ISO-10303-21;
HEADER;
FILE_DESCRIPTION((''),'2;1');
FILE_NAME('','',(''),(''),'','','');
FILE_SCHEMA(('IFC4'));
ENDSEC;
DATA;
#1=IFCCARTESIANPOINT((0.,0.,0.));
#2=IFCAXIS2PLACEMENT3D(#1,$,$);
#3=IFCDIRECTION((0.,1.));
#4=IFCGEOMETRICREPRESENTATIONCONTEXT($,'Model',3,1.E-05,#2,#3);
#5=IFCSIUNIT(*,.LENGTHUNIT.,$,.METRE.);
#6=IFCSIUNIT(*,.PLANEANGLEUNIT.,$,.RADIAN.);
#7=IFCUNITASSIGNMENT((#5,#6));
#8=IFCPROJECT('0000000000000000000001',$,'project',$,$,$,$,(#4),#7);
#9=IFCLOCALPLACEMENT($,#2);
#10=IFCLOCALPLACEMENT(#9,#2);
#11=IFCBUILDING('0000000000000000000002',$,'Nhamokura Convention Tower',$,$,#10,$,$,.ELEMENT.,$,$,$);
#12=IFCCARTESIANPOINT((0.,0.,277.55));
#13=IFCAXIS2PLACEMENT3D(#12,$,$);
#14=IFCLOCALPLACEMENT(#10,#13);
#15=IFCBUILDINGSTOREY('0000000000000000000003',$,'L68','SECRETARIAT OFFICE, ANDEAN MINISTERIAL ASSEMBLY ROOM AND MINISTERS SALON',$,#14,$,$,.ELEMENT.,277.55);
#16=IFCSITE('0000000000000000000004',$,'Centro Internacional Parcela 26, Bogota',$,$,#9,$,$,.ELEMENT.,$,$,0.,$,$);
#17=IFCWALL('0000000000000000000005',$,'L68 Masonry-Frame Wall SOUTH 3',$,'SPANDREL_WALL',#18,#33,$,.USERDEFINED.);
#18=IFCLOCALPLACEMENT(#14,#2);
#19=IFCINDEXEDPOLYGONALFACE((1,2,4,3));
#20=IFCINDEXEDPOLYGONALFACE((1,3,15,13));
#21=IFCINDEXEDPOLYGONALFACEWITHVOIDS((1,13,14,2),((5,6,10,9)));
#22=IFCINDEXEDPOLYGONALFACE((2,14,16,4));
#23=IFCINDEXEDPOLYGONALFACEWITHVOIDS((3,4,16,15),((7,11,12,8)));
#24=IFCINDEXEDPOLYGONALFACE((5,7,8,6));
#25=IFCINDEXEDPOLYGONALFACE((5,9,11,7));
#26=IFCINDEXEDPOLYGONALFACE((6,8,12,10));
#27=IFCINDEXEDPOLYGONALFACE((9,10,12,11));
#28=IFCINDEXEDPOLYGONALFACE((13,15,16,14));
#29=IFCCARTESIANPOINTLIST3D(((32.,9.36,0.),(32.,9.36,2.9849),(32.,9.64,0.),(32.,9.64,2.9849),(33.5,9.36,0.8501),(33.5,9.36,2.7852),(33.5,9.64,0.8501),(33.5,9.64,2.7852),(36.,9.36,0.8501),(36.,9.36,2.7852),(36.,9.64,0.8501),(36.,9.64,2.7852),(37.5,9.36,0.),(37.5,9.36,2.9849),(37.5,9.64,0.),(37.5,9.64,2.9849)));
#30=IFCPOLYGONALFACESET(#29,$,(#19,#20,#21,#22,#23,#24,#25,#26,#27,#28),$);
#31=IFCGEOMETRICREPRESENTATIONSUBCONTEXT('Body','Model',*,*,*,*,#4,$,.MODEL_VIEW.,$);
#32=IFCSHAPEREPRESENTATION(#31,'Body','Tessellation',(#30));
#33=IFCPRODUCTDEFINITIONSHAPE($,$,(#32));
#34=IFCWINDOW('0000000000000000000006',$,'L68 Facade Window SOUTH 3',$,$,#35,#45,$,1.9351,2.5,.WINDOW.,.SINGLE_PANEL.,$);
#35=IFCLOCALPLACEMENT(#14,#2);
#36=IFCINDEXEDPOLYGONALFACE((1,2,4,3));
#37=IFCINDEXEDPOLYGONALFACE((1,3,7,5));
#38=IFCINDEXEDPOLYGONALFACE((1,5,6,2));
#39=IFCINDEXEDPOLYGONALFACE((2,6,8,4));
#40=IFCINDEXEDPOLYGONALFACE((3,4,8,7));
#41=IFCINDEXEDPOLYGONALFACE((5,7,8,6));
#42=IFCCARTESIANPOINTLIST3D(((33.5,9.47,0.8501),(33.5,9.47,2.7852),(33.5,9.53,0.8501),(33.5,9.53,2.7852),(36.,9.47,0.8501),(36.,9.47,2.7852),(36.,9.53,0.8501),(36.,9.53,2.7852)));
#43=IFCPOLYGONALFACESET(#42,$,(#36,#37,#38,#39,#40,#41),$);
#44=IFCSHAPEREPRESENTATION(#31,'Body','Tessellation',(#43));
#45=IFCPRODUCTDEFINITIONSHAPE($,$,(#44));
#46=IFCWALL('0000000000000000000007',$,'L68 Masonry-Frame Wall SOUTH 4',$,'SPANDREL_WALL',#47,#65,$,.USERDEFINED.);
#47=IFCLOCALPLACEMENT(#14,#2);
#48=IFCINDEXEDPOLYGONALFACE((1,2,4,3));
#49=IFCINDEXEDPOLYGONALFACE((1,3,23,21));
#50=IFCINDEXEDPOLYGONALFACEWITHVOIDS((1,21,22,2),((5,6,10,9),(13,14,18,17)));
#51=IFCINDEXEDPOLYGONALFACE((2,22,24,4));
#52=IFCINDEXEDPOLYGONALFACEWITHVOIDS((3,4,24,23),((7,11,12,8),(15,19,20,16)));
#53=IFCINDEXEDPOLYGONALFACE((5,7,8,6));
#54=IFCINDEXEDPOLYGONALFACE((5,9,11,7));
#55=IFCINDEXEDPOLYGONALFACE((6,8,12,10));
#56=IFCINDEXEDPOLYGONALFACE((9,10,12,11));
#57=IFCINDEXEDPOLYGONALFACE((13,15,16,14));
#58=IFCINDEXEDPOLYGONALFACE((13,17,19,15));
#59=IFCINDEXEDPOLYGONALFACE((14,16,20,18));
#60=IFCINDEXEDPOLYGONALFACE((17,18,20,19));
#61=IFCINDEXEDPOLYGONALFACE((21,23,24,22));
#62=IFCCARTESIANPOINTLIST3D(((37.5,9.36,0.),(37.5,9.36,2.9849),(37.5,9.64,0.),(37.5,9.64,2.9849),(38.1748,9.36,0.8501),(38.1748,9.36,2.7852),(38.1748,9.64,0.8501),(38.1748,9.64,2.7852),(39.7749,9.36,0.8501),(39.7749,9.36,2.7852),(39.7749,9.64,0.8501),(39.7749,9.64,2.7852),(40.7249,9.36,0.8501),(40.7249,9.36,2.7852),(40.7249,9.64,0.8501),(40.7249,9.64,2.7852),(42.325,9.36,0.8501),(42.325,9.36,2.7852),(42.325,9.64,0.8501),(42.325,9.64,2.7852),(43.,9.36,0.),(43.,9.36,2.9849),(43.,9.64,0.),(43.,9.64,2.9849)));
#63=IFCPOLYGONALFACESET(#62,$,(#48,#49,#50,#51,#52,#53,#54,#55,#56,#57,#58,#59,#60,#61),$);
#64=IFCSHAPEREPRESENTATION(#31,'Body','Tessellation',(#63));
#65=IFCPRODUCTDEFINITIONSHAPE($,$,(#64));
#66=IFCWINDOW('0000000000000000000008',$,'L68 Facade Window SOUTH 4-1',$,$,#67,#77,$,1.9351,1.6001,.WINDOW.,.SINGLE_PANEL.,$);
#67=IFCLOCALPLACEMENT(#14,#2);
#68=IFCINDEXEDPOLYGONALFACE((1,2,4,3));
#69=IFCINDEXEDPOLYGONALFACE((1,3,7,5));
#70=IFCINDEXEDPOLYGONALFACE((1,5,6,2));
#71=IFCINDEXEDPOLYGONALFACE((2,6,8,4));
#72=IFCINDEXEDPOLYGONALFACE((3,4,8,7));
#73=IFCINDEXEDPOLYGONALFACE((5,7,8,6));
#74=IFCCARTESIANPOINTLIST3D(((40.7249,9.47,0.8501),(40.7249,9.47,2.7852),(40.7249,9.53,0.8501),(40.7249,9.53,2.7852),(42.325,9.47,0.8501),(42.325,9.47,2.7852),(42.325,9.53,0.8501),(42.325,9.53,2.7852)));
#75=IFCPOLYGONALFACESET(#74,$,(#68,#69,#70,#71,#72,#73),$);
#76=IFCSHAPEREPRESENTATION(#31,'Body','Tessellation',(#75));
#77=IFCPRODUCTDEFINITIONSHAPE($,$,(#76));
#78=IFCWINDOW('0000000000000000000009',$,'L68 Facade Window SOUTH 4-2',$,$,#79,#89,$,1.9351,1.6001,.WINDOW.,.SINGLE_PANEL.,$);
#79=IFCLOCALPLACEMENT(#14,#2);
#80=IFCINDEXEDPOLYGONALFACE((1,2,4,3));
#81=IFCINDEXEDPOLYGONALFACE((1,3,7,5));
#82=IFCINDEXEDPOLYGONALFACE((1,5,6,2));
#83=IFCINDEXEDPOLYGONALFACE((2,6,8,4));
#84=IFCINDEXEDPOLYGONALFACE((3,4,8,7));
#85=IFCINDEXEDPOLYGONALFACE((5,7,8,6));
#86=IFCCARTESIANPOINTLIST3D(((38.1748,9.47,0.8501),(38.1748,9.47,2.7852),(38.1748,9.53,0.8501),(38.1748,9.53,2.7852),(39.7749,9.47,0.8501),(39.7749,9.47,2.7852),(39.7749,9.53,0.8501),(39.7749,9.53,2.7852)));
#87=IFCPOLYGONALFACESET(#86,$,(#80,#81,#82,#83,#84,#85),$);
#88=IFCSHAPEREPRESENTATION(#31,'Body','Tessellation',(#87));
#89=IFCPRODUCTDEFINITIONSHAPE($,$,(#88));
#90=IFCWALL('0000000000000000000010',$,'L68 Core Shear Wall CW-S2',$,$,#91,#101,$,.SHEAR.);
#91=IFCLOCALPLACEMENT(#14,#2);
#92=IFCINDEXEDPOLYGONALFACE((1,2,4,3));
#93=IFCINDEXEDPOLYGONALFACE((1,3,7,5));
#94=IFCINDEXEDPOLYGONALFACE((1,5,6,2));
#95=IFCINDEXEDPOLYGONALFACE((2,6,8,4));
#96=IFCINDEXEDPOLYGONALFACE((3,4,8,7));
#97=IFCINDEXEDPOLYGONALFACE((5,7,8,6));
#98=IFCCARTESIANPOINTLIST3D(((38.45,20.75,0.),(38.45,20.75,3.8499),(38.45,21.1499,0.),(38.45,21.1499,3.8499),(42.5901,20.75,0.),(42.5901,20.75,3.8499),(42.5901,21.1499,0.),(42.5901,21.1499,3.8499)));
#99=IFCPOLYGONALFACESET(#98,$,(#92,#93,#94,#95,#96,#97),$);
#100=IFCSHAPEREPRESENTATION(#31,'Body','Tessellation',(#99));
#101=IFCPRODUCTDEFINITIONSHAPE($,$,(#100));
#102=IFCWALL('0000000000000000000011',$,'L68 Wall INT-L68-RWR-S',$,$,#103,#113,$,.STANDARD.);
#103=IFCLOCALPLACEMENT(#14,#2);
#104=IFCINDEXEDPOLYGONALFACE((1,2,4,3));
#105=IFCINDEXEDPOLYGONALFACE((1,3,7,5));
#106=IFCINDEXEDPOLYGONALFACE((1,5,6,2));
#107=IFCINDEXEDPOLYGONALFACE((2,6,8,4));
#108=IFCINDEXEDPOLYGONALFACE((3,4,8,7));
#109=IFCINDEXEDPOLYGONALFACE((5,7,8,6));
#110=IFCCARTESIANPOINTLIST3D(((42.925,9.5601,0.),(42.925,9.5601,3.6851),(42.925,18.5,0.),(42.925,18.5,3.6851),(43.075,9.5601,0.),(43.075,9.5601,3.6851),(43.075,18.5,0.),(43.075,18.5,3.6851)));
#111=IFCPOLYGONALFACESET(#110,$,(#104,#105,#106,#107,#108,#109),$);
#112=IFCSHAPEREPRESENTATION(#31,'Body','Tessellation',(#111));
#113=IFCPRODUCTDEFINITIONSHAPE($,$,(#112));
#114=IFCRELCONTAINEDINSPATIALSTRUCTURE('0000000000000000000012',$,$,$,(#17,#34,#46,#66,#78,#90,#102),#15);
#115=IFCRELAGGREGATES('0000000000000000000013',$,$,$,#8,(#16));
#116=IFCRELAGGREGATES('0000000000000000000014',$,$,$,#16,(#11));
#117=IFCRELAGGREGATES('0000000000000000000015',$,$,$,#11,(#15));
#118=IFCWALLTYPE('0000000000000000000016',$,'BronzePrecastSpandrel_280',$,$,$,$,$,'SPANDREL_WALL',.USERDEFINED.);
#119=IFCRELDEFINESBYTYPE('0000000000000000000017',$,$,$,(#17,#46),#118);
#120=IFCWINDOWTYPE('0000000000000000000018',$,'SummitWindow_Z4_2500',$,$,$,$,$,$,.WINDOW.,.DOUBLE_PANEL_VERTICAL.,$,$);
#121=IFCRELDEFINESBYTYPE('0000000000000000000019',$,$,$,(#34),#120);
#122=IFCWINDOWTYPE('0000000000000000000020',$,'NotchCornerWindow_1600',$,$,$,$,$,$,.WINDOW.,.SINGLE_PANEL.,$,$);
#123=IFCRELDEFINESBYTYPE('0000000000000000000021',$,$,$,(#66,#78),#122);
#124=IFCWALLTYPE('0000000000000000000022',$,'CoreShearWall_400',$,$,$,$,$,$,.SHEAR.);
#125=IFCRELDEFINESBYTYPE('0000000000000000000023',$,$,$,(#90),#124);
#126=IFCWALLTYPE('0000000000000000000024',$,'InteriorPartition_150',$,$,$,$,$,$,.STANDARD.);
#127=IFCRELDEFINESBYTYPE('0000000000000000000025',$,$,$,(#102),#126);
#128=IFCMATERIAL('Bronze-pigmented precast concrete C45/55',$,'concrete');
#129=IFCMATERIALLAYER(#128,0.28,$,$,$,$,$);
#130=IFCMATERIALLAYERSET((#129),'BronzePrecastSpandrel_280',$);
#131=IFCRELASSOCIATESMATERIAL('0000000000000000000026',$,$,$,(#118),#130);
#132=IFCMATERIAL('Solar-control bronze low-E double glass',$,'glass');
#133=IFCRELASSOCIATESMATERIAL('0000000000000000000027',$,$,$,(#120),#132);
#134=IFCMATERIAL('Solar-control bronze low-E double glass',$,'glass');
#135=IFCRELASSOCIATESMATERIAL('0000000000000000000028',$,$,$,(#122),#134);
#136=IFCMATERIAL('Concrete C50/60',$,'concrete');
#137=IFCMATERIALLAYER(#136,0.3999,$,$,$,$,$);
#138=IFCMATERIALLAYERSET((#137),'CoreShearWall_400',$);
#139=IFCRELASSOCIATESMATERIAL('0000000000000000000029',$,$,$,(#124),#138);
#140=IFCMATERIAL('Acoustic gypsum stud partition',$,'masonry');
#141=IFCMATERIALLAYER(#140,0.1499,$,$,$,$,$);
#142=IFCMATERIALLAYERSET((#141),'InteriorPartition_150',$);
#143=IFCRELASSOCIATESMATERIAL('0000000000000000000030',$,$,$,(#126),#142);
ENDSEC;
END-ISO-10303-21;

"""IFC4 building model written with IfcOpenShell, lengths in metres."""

from ifc_helpers import new_model, si_unit, direction, frame, frame_2d, origin, place, context, subcontext, project, spatial, rectangle, extrude, material, layer, layer_set, type_object, element, fill, save


model = new_model("IFC4")

# Units and contexts
model_context = context("Model", 3, precision=1e-05, world=origin(), true_north=direction((0.0, 1.0)))
body_context = subcontext(model_context, "Body", "Model", "MODEL_VIEW")
ifc_project = project(units=[si_unit("LENGTHUNIT", "METRE"), si_unit("PLANEANGLEUNIT", "RADIAN")], contexts=[model_context])

# Site, building, storey
site_placement = place(None, origin())
site = spatial("IfcSite", under=ifc_project, at=site_placement, Name="Centro Internacional Parcela 26, Bogota", CompositionType="ELEMENT", RefElevation=0.0)
building_placement = place(site_placement, origin())
building = spatial("IfcBuilding", under=site, at=building_placement, Name="Nhamokura Convention Tower", CompositionType="ELEMENT")
storey_placement = place(building_placement, frame((0.0, 0.0, 277.55)))
storey = spatial("IfcBuildingStorey", under=building, at=storey_placement, Name="L68", Description="SECRETARIAT OFFICE, ANDEAN MINISTERIAL ASSEMBLY ROOM AND MINISTERS SALON", CompositionType="ELEMENT", Elevation=277.55)

# Wall, opening, window
ifc_material_1 = material(Name="Bronze-pigmented precast concrete C45/55", Category="concrete")
ifc_layer_1 = layer(ifc_material_1, 0.28)
ifc_layer_set_1 = layer_set([ifc_layer_1], Name="BronzePrecastSpandrel_280")
wall_type_1 = type_object("IfcWallType", Name="BronzePrecastSpandrel_280", ElementType="SPANDREL_WALL", PredefinedType="USERDEFINED", material=ifc_layer_set_1)
ifc_material_2 = material(Name="Solar-control bronze low-E double glass", Category="glass")
window_type_1 = type_object("IfcWindowType", Name="SummitWindow_Z4_2500", PartitioningType="DOUBLE_PANEL_VERTICAL", PredefinedType="WINDOW", material=ifc_material_2)
wall_1_placement = place(storey_placement, frame((37.5, 9.5, 0.0), z_axis=(0.0, 0.0, 1.0), x_axis=(-1.0, 0.0, 0.0)))
wall_1 = element("IfcWall", 1, at=wall_1_placement, inside=storey, type_object=wall_type_1, Name="L68 Masonry-Frame Wall SOUTH 3", ObjectType="SPANDREL_WALL", PredefinedType="USERDEFINED", context=body_context, shape_type="SweptSolid", body=[
    extrude(rectangle(XDim=5.5, YDim=0.28, at=frame_2d((2.75, 0.0))), origin(), (0.0, 0.0, 1.0), 2.9849),
])
opening_1_placement = place(wall_1_placement, frame((1.5, 0.0, 0.8501)))
opening_1 = element("IfcOpeningElement", 2, at=opening_1_placement, cuts=wall_1, PredefinedType="OPENING", context=body_context, shape_type="SweptSolid", body=[
    extrude(rectangle(XDim=2.5, YDim=1.9351, at=frame_2d((1.25, 0.9675))), frame((0.0, 0.1499, 0.0), z_axis=(0.0, -1.0, 0.0), x_axis=(1.0, 0.0, 0.0)), (0.0, 0.0, 1.0), 0.3),
])
window_1_placement = place(opening_1_placement, origin())
window_1 = element("IfcWindow", 3, at=window_1_placement, inside=storey, type_object=window_type_1, Name="L68 Facade Window SOUTH 3", OverallHeight=1.9351, OverallWidth=2.5, PartitioningType="SINGLE_PANEL", PredefinedType="WINDOW", context=body_context, shape_type="SweptSolid", body=[
    extrude(rectangle(XDim=2.5, YDim=1.9351, at=frame_2d((1.25, 0.9675))), frame((0.0, 0.03, 0.0), z_axis=(0.0, -1.0, 0.0), x_axis=(1.0, 0.0, 0.0)), (0.0, 0.0, 1.0), 0.0601),
])
fill(opening_1, window_1)

# Wall, openings, windows
wall_2_placement = place(storey_placement, frame((43.0, 9.5, 0.0), z_axis=(0.0, 0.0, 1.0), x_axis=(-1.0, 0.0, 0.0)))
wall_2 = element("IfcWall", 4, at=wall_2_placement, inside=storey, type_object=wall_type_1, Name="L68 Masonry-Frame Wall SOUTH 4", ObjectType="SPANDREL_WALL", PredefinedType="USERDEFINED", context=body_context, shape_type="SweptSolid", body=[
    extrude(rectangle(XDim=5.5, YDim=0.28, at=frame_2d((2.75, 0.0))), origin(), (0.0, 0.0, 1.0), 2.9849),
])
opening_2_placement = place(wall_2_placement, frame((0.675, 0.0, 0.8501)))
opening_2 = element("IfcOpeningElement", 5, at=opening_2_placement, cuts=wall_2, PredefinedType="OPENING", context=body_context, shape_type="SweptSolid", body=[
    extrude(rectangle(XDim=1.6001, YDim=1.9351, at=frame_2d((0.8, 0.9675))), frame((0.0, 0.1499, 0.0), z_axis=(0.0, -1.0, 0.0), x_axis=(1.0, 0.0, 0.0)), (0.0, 0.0, 1.0), 0.3),
])
opening_3_placement = place(wall_2_placement, frame((3.2251, 0.0, 0.8501)))
opening_3 = element("IfcOpeningElement", 6, at=opening_3_placement, cuts=wall_2, PredefinedType="OPENING", context=body_context, shape_type="SweptSolid", body=[
    extrude(rectangle(XDim=1.6001, YDim=1.9351, at=frame_2d((0.8, 0.9675))), frame((0.0, 0.1499, 0.0), z_axis=(0.0, -1.0, 0.0), x_axis=(1.0, 0.0, 0.0)), (0.0, 0.0, 1.0), 0.3),
])
ifc_material_3 = material(Name="Solar-control bronze low-E double glass", Category="glass")
window_type_2 = type_object("IfcWindowType", Name="NotchCornerWindow_1600", PartitioningType="SINGLE_PANEL", PredefinedType="WINDOW", material=ifc_material_3)
window_2_placement = place(opening_2_placement, origin())
window_2 = element("IfcWindow", 7, at=window_2_placement, inside=storey, type_object=window_type_2, Name="L68 Facade Window SOUTH 4-1", OverallHeight=1.9351, OverallWidth=1.6001, PartitioningType="SINGLE_PANEL", PredefinedType="WINDOW", context=body_context, shape_type="SweptSolid", body=[
    extrude(rectangle(XDim=1.6001, YDim=1.9351, at=frame_2d((0.8, 0.9675))), frame((0.0, 0.03, 0.0), z_axis=(0.0, -1.0, 0.0), x_axis=(1.0, 0.0, 0.0)), (0.0, 0.0, 1.0), 0.0601),
])
fill(opening_2, window_2)
window_3_placement = place(opening_3_placement, origin())
window_3 = element("IfcWindow", 8, at=window_3_placement, inside=storey, type_object=window_type_2, Name="L68 Facade Window SOUTH 4-2", OverallHeight=1.9351, OverallWidth=1.6001, PartitioningType="SINGLE_PANEL", PredefinedType="WINDOW", context=body_context, shape_type="SweptSolid", body=[
    extrude(rectangle(XDim=1.6001, YDim=1.9351, at=frame_2d((0.8, 0.9675))), frame((0.0, 0.03, 0.0), z_axis=(0.0, -1.0, 0.0), x_axis=(1.0, 0.0, 0.0)), (0.0, 0.0, 1.0), 0.0601),
])
fill(opening_3, window_3)

# Shared definitions
ifc_material_4 = material(Name="Concrete C50/60", Category="concrete")
ifc_layer_2 = layer(ifc_material_4, 0.3999)
ifc_layer_set_2 = layer_set([ifc_layer_2], Name="CoreShearWall_400")
wall_type_2 = type_object("IfcWallType", Name="CoreShearWall_400", PredefinedType="SHEAR", material=ifc_layer_set_2)

# Wall
wall_3_placement = place(storey_placement, frame((38.45, 20.95, 0.0), z_axis=(0.0, 0.0, 1.0), x_axis=(1.0, 0.0, 0.0)))
element("IfcWall", 9, at=wall_3_placement, inside=storey, type_object=wall_type_2, Name="L68 Core Shear Wall CW-S2", PredefinedType="SHEAR", context=body_context, shape_type="SweptSolid", body=[
    extrude(rectangle(XDim=4.1401, YDim=0.3999, at=frame_2d((2.0701, 0.0))), origin(), (0.0, 0.0, 1.0), 3.8499),
])

# Wall
ifc_material_5 = material(Name="Acoustic gypsum stud partition", Category="masonry")
ifc_layer_3 = layer(ifc_material_5, 0.1499)
ifc_layer_set_3 = layer_set([ifc_layer_3], Name="InteriorPartition_150")
wall_type_3 = type_object("IfcWallType", Name="InteriorPartition_150", PredefinedType="STANDARD", material=ifc_layer_set_3)
wall_4_placement = place(storey_placement, frame((43.0, 9.5601, 0.0), z_axis=(0.0, 0.0, 1.0), x_axis=(0.0, 1.0, 0.0)))
element("IfcWall", 10, at=wall_4_placement, inside=storey, type_object=wall_type_3, Name="L68 Wall INT-L68-RWR-S", PredefinedType="STANDARD", context=body_context, shape_type="SweptSolid", body=[
    extrude(rectangle(XDim=8.9399, YDim=0.1499, at=frame_2d((4.47, 0.0))), origin(), (0.0, 0.0, 1.0), 3.6851),
])

save(model, "model.ifc")
